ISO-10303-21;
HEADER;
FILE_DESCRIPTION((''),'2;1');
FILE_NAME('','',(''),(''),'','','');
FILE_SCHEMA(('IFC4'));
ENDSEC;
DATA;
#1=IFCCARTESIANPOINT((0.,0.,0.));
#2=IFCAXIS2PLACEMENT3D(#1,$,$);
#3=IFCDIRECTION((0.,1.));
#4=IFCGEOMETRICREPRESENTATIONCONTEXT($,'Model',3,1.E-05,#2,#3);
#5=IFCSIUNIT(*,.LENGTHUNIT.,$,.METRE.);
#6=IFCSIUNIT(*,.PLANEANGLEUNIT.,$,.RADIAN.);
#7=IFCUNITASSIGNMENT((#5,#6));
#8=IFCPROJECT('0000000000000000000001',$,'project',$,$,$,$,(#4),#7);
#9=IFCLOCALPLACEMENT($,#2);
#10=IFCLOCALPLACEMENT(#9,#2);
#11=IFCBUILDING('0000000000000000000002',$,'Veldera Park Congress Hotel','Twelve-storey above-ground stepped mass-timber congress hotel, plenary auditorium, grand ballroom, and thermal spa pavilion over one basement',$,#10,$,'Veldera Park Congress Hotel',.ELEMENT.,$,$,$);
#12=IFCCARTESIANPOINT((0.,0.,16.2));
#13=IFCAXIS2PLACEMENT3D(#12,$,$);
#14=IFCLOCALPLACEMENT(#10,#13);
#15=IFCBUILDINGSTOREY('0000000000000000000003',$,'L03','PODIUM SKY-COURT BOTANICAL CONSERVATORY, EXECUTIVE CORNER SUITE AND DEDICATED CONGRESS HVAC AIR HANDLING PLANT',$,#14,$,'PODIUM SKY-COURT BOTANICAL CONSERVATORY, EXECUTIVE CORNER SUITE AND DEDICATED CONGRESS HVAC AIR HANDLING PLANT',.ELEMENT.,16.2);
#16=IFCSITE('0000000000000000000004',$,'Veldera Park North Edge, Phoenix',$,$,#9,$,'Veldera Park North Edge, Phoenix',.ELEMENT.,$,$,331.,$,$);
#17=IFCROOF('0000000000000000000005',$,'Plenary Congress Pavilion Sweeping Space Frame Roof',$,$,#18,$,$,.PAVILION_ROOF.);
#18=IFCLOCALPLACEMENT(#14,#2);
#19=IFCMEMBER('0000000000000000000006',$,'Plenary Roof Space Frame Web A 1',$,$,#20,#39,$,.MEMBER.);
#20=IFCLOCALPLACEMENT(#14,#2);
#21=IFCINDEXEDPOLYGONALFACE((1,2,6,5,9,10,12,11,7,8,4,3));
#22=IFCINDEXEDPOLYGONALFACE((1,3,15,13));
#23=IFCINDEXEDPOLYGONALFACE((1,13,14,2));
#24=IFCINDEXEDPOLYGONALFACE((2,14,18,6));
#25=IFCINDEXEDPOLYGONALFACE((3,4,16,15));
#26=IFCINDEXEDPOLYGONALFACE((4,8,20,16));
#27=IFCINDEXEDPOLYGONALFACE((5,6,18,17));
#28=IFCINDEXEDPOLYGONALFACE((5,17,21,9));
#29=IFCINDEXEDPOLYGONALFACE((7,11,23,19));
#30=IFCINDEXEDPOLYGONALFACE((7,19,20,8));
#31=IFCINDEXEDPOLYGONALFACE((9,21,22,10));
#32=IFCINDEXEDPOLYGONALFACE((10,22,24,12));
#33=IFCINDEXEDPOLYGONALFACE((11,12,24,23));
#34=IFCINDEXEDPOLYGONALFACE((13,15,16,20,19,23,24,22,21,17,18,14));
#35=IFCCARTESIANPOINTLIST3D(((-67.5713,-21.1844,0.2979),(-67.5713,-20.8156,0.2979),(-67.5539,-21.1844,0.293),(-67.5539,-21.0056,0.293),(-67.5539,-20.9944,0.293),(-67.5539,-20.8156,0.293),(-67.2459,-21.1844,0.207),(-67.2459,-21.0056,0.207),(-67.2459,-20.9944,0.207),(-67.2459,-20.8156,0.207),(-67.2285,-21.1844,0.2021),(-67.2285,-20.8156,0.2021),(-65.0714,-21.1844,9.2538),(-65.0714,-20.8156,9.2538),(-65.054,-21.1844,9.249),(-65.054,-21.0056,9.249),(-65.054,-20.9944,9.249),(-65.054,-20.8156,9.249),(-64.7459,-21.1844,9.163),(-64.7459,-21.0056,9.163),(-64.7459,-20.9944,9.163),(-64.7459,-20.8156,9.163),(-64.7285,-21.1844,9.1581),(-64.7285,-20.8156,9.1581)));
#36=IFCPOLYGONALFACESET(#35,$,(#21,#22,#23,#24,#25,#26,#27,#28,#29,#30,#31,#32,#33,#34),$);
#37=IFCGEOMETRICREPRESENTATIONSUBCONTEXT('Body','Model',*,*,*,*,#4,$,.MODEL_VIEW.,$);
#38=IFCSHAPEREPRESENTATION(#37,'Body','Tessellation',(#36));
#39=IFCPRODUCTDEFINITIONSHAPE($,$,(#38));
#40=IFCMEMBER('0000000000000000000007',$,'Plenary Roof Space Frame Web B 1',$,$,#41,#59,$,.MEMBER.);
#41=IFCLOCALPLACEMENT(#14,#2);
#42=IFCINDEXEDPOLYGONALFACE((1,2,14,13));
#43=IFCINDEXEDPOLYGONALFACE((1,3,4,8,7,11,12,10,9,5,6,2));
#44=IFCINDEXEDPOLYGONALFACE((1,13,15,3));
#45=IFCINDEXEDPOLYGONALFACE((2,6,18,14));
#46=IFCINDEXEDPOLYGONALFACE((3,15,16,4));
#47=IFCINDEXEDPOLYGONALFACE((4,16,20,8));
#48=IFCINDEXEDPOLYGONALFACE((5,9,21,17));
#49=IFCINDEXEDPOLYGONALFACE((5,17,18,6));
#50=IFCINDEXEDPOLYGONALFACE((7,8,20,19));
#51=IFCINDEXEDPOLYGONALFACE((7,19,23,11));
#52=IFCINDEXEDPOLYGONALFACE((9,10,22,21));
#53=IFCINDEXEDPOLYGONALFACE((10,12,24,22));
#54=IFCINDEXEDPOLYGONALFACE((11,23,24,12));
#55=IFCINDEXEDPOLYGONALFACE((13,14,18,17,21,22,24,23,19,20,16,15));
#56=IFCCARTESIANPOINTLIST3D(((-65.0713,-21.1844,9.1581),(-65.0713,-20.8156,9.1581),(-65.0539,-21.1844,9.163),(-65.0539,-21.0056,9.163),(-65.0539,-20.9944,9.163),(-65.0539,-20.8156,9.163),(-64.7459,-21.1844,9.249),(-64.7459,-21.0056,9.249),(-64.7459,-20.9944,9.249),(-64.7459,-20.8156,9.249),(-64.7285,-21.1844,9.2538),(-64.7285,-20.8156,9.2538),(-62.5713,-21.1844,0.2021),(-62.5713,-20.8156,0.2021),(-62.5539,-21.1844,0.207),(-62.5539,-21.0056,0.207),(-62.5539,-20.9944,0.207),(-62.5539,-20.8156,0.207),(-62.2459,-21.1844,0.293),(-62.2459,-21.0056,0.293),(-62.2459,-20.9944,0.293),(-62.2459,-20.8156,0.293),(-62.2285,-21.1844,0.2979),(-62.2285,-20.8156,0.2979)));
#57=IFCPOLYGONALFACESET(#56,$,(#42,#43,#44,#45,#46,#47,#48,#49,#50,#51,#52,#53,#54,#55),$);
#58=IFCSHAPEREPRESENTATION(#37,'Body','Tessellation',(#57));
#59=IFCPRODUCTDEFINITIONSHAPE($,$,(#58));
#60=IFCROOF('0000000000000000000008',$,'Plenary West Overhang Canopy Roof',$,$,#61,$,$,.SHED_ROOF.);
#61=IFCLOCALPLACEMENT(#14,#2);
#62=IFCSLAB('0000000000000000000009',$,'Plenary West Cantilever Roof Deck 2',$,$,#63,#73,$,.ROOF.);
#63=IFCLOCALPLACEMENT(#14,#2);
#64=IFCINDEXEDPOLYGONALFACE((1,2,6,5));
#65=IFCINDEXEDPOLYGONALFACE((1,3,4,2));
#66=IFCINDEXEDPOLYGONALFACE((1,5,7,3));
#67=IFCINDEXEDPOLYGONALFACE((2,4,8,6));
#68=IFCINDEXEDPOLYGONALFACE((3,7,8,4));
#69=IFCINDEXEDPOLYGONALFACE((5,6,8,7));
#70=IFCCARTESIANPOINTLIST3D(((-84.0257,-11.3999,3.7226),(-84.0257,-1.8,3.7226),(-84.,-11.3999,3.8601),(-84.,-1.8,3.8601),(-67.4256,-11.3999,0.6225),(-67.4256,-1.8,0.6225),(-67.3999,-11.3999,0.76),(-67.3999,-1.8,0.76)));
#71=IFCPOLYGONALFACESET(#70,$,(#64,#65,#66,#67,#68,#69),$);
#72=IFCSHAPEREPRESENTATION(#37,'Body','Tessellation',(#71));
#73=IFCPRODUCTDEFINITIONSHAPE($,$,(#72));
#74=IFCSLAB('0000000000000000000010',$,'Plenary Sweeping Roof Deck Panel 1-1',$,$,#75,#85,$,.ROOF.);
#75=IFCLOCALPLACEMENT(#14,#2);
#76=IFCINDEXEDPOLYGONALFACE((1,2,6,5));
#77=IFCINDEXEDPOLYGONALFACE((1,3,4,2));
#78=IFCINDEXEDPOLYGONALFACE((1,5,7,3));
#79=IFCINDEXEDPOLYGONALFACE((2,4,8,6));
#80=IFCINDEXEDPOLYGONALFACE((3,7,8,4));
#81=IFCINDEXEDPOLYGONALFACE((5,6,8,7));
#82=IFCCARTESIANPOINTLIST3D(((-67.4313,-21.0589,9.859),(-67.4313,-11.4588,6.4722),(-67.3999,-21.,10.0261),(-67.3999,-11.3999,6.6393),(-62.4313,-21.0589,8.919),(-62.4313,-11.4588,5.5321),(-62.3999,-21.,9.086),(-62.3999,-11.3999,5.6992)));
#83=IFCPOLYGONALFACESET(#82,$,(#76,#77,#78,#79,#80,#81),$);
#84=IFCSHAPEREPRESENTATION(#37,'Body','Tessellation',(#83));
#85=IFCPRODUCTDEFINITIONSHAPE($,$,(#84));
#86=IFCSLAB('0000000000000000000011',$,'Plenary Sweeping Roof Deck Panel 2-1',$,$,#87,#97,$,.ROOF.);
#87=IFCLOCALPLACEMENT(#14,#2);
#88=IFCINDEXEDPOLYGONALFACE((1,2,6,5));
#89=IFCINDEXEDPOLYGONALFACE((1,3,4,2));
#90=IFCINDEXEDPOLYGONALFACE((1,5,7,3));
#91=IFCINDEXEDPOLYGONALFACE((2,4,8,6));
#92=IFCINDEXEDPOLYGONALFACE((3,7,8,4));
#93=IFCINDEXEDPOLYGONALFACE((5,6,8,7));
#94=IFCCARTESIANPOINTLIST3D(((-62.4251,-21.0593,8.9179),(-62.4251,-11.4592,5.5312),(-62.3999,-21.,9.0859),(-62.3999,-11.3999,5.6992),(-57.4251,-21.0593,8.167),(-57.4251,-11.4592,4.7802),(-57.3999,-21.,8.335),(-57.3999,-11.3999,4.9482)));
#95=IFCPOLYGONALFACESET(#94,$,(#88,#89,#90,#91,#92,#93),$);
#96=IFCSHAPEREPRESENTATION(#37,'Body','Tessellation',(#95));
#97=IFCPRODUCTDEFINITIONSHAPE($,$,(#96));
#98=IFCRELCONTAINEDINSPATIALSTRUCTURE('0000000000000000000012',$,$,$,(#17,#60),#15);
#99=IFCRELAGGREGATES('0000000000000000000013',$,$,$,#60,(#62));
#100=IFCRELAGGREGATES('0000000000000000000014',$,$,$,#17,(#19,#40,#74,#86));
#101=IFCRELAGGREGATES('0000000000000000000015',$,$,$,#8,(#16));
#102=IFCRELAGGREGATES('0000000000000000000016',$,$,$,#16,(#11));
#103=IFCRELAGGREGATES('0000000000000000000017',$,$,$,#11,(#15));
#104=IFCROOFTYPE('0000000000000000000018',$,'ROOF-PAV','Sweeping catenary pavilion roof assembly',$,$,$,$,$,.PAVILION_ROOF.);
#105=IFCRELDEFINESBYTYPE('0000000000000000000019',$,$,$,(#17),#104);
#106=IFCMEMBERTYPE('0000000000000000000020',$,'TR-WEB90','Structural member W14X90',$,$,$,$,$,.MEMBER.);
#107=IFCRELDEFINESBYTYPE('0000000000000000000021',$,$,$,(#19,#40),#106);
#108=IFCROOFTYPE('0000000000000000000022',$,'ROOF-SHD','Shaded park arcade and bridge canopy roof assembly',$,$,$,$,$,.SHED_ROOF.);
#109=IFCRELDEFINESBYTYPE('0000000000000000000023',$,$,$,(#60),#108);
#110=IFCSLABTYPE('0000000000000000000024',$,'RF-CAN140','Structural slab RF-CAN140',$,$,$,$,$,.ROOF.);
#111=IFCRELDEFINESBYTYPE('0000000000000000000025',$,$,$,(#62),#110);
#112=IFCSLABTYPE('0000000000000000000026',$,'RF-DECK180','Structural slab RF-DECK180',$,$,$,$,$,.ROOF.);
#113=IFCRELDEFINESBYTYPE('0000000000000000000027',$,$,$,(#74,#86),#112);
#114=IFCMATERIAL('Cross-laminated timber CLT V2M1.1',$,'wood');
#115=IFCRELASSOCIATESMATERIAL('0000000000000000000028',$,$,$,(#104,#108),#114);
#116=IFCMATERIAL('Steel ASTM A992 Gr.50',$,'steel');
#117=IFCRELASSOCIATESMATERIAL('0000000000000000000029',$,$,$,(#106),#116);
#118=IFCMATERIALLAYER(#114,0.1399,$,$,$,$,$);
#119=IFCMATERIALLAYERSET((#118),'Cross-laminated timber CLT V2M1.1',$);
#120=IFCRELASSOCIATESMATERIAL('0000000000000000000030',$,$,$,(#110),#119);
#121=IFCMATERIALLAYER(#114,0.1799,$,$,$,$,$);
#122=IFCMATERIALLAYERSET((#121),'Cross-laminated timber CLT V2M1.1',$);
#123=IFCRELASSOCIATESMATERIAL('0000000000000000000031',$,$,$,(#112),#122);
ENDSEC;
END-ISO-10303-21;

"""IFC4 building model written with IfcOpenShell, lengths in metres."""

from ifc_helpers import new_model, si_unit, direction, frame, origin, origin_2d, place, context, subcontext, project, spatial, polyline, i_section, outline, extrude, material, layer, layer_set, material_profile, profile_set, type_object, element, aggregate, save


model = new_model("IFC4")

# Units and contexts
model_context = context("Model", 3, precision=1e-05, world=origin(), true_north=direction((0.0, 1.0)))
body_context = subcontext(model_context, "Body", "Model", "MODEL_VIEW")
ifc_project = project(units=[si_unit("LENGTHUNIT", "METRE"), si_unit("PLANEANGLEUNIT", "RADIAN")], contexts=[model_context])

# Site, building, storey
site_placement = place(None, origin())
site = spatial("IfcSite", under=ifc_project, at=site_placement, Name="Veldera Park North Edge, Phoenix", LongName="Veldera Park North Edge, Phoenix", CompositionType="ELEMENT", RefElevation=331.0)
building_placement = place(site_placement, origin())
building = spatial("IfcBuilding", under=site, at=building_placement, Name="Veldera Park Congress Hotel", Description="Twelve-storey above-ground stepped mass-timber congress hotel, plenary auditorium, grand ballroom, and thermal spa pavilion over one basement", LongName="Veldera Park Congress Hotel", CompositionType="ELEMENT")
storey_placement = place(building_placement, frame((0.0, 0.0, 16.2)))
storey = spatial("IfcBuildingStorey", under=building, at=storey_placement, Name="L03", Description="PODIUM SKY-COURT BOTANICAL CONSERVATORY, EXECUTIVE CORNER SUITE AND DEDICATED CONGRESS HVAC AIR HANDLING PLANT", LongName="PODIUM SKY-COURT BOTANICAL CONSERVATORY, EXECUTIVE CORNER SUITE AND DEDICATED CONGRESS HVAC AIR HANDLING PLANT", CompositionType="ELEMENT", Elevation=16.2)

# Shared definitions
ifc_material_1 = material(Name="Steel ASTM A992 Gr.50", Category="steel")

# Roof, members
ifc_material_2 = material(Name="Cross-laminated timber CLT V2M1.1", Category="wood")
roof_type_1 = type_object("IfcRoofType", Name="ROOF-PAV", Description="Sweeping catenary pavilion roof assembly", PredefinedType="PAVILION_ROOF", material=ifc_material_2)
roof_1_placement = place(storey_placement, origin())
roof_1 = element("IfcRoof", 1, at=roof_1_placement, inside=storey, type_object=roof_type_1, Name="Plenary Congress Pavilion Sweeping Space Frame Roof", PredefinedType="PAVILION_ROOF")
ifc_material_profile_1 = material_profile(ifc_material_1, i_section(OverallWidth=0.3689, OverallDepth=0.356, WebThickness=0.0112, FlangeThickness=0.0181, at=origin_2d()), Name="W14X90")
ifc_profile_set_1 = profile_set([ifc_material_profile_1], Name="Steel ASTM A992 Gr.50")
member_type_1 = type_object("IfcMemberType", Name="TR-WEB90", Description="Structural member W14X90", PredefinedType="MEMBER", material=ifc_profile_set_1)
member_1_placement = place(storey_placement, frame((-67.3999, -21.0, 0.25), z_axis=(0.268862, 0.0, 0.963179), x_axis=(0.0, 1.0, 0.0)))
member_1 = element("IfcMember", 2, at=member_1_placement, type_object=member_type_1, Name="Plenary Roof Space Frame Web A 1", PredefinedType="MEMBER", context=body_context, shape_type="SweptSolid", body=[
    extrude(i_section(OverallWidth=0.3689, OverallDepth=0.356, WebThickness=0.0112, FlangeThickness=0.0181, at=origin_2d()), origin(), (0.0, 0.0, 1.0), 9.2983),
])
member_2_placement = place(storey_placement, frame((-62.3999, -21.0, 0.25), z_axis=(-0.268862, 0.0, 0.963179), x_axis=(0.0, -1.0, 0.0)))
member_2 = element("IfcMember", 3, at=member_2_placement, type_object=member_type_1, Name="Plenary Roof Space Frame Web B 1", PredefinedType="MEMBER", context=body_context, shape_type="SweptSolid", body=[
    extrude(i_section(OverallWidth=0.3689, OverallDepth=0.356, WebThickness=0.0112, FlangeThickness=0.0181, at=origin_2d()), origin(), (0.0, 0.0, 1.0), 9.2983),
])

# Roof, slab
roof_type_2 = type_object("IfcRoofType", Name="ROOF-SHD", Description="Shaded park arcade and bridge canopy roof assembly", PredefinedType="SHED_ROOF", material=ifc_material_2)
roof_2_placement = place(storey_placement, origin())
roof_2 = element("IfcRoof", 4, at=roof_2_placement, inside=storey, type_object=roof_type_2, Name="Plenary West Overhang Canopy Roof", PredefinedType="SHED_ROOF")
ifc_layer_1 = layer(ifc_material_2, 0.1399)
ifc_layer_set_1 = layer_set([ifc_layer_1], Name="Cross-laminated timber CLT V2M1.1")
slab_type_1 = type_object("IfcSlabType", Name="RF-CAN140", Description="Structural slab RF-CAN140", PredefinedType="ROOF", material=ifc_layer_set_1)
slab_1_placement = place(storey_placement, frame((-84.0, -11.3999, 3.8601), z_axis=(0.183578, 0.0, 0.983005), x_axis=(0.983005, 0.0, -0.183578)))
slab_1 = element("IfcSlab", 5, at=slab_1_placement, type_object=slab_type_1, Name="Plenary West Cantilever Roof Deck 2", PredefinedType="ROOF", context=body_context, shape_type="SweptSolid", body=[
    extrude(outline(polyline([(0.0, 0.0), (16.8871, 0.0), (16.8871, 9.5999), (0.0, 9.5999), (0.0, 0.0)])), origin(), (0.0, 0.0, -1.0), 0.1399),
])
aggregate(roof_2, [slab_1])

# Slabs
ifc_layer_2 = layer(ifc_material_2, 0.1799)
ifc_layer_set_2 = layer_set([ifc_layer_2], Name="Cross-laminated timber CLT V2M1.1")
slab_type_2 = type_object("IfcSlabType", Name="RF-DECK180", Description="Structural slab RF-DECK180", PredefinedType="ROOF", material=ifc_layer_set_2)
slab_2_placement = place(storey_placement, frame((-67.3999, -21.0, 10.0261), z_axis=(0.17458, 0.327586, 0.928552), x_axis=(0.98278, 0.000007, -0.184778)))
slab_2 = element("IfcSlab", 6, at=slab_2_placement, type_object=slab_type_2, Name="Plenary Sweeping Roof Deck Panel 1-1", PredefinedType="ROOF", context=body_context, shape_type="SweptSolid", body=[
    extrude(outline(polyline([(0.0, 0.0), (5.0876, 0.0), (5.7135, 10.1607), (0.6259, 10.1608), (0.0, 0.0)])), origin(), (0.0, 0.0, -1.0), 0.1799),
])
slab_3_placement = place(storey_placement, frame((-62.3999, -21.0, 9.0859), z_axis=(0.14024, 0.329397, 0.933719), x_axis=(0.988908, 0.0, -0.148529)))
slab_3 = element("IfcSlab", 7, at=slab_3_placement, type_object=slab_type_2, Name="Plenary Sweeping Roof Deck Panel 2-1", PredefinedType="ROOF", context=body_context, shape_type="SweptSolid", body=[
    extrude(outline(polyline([(0.0, 0.0), (5.0561, 0.0), (5.5591, 10.1675), (0.503, 10.1675), (0.0, 0.0)])), origin(), (0.0, 0.0, -1.0), 0.1799),
])
aggregate(roof_1, [member_1, member_2, slab_2, slab_3])

save(model, "model.ifc")
